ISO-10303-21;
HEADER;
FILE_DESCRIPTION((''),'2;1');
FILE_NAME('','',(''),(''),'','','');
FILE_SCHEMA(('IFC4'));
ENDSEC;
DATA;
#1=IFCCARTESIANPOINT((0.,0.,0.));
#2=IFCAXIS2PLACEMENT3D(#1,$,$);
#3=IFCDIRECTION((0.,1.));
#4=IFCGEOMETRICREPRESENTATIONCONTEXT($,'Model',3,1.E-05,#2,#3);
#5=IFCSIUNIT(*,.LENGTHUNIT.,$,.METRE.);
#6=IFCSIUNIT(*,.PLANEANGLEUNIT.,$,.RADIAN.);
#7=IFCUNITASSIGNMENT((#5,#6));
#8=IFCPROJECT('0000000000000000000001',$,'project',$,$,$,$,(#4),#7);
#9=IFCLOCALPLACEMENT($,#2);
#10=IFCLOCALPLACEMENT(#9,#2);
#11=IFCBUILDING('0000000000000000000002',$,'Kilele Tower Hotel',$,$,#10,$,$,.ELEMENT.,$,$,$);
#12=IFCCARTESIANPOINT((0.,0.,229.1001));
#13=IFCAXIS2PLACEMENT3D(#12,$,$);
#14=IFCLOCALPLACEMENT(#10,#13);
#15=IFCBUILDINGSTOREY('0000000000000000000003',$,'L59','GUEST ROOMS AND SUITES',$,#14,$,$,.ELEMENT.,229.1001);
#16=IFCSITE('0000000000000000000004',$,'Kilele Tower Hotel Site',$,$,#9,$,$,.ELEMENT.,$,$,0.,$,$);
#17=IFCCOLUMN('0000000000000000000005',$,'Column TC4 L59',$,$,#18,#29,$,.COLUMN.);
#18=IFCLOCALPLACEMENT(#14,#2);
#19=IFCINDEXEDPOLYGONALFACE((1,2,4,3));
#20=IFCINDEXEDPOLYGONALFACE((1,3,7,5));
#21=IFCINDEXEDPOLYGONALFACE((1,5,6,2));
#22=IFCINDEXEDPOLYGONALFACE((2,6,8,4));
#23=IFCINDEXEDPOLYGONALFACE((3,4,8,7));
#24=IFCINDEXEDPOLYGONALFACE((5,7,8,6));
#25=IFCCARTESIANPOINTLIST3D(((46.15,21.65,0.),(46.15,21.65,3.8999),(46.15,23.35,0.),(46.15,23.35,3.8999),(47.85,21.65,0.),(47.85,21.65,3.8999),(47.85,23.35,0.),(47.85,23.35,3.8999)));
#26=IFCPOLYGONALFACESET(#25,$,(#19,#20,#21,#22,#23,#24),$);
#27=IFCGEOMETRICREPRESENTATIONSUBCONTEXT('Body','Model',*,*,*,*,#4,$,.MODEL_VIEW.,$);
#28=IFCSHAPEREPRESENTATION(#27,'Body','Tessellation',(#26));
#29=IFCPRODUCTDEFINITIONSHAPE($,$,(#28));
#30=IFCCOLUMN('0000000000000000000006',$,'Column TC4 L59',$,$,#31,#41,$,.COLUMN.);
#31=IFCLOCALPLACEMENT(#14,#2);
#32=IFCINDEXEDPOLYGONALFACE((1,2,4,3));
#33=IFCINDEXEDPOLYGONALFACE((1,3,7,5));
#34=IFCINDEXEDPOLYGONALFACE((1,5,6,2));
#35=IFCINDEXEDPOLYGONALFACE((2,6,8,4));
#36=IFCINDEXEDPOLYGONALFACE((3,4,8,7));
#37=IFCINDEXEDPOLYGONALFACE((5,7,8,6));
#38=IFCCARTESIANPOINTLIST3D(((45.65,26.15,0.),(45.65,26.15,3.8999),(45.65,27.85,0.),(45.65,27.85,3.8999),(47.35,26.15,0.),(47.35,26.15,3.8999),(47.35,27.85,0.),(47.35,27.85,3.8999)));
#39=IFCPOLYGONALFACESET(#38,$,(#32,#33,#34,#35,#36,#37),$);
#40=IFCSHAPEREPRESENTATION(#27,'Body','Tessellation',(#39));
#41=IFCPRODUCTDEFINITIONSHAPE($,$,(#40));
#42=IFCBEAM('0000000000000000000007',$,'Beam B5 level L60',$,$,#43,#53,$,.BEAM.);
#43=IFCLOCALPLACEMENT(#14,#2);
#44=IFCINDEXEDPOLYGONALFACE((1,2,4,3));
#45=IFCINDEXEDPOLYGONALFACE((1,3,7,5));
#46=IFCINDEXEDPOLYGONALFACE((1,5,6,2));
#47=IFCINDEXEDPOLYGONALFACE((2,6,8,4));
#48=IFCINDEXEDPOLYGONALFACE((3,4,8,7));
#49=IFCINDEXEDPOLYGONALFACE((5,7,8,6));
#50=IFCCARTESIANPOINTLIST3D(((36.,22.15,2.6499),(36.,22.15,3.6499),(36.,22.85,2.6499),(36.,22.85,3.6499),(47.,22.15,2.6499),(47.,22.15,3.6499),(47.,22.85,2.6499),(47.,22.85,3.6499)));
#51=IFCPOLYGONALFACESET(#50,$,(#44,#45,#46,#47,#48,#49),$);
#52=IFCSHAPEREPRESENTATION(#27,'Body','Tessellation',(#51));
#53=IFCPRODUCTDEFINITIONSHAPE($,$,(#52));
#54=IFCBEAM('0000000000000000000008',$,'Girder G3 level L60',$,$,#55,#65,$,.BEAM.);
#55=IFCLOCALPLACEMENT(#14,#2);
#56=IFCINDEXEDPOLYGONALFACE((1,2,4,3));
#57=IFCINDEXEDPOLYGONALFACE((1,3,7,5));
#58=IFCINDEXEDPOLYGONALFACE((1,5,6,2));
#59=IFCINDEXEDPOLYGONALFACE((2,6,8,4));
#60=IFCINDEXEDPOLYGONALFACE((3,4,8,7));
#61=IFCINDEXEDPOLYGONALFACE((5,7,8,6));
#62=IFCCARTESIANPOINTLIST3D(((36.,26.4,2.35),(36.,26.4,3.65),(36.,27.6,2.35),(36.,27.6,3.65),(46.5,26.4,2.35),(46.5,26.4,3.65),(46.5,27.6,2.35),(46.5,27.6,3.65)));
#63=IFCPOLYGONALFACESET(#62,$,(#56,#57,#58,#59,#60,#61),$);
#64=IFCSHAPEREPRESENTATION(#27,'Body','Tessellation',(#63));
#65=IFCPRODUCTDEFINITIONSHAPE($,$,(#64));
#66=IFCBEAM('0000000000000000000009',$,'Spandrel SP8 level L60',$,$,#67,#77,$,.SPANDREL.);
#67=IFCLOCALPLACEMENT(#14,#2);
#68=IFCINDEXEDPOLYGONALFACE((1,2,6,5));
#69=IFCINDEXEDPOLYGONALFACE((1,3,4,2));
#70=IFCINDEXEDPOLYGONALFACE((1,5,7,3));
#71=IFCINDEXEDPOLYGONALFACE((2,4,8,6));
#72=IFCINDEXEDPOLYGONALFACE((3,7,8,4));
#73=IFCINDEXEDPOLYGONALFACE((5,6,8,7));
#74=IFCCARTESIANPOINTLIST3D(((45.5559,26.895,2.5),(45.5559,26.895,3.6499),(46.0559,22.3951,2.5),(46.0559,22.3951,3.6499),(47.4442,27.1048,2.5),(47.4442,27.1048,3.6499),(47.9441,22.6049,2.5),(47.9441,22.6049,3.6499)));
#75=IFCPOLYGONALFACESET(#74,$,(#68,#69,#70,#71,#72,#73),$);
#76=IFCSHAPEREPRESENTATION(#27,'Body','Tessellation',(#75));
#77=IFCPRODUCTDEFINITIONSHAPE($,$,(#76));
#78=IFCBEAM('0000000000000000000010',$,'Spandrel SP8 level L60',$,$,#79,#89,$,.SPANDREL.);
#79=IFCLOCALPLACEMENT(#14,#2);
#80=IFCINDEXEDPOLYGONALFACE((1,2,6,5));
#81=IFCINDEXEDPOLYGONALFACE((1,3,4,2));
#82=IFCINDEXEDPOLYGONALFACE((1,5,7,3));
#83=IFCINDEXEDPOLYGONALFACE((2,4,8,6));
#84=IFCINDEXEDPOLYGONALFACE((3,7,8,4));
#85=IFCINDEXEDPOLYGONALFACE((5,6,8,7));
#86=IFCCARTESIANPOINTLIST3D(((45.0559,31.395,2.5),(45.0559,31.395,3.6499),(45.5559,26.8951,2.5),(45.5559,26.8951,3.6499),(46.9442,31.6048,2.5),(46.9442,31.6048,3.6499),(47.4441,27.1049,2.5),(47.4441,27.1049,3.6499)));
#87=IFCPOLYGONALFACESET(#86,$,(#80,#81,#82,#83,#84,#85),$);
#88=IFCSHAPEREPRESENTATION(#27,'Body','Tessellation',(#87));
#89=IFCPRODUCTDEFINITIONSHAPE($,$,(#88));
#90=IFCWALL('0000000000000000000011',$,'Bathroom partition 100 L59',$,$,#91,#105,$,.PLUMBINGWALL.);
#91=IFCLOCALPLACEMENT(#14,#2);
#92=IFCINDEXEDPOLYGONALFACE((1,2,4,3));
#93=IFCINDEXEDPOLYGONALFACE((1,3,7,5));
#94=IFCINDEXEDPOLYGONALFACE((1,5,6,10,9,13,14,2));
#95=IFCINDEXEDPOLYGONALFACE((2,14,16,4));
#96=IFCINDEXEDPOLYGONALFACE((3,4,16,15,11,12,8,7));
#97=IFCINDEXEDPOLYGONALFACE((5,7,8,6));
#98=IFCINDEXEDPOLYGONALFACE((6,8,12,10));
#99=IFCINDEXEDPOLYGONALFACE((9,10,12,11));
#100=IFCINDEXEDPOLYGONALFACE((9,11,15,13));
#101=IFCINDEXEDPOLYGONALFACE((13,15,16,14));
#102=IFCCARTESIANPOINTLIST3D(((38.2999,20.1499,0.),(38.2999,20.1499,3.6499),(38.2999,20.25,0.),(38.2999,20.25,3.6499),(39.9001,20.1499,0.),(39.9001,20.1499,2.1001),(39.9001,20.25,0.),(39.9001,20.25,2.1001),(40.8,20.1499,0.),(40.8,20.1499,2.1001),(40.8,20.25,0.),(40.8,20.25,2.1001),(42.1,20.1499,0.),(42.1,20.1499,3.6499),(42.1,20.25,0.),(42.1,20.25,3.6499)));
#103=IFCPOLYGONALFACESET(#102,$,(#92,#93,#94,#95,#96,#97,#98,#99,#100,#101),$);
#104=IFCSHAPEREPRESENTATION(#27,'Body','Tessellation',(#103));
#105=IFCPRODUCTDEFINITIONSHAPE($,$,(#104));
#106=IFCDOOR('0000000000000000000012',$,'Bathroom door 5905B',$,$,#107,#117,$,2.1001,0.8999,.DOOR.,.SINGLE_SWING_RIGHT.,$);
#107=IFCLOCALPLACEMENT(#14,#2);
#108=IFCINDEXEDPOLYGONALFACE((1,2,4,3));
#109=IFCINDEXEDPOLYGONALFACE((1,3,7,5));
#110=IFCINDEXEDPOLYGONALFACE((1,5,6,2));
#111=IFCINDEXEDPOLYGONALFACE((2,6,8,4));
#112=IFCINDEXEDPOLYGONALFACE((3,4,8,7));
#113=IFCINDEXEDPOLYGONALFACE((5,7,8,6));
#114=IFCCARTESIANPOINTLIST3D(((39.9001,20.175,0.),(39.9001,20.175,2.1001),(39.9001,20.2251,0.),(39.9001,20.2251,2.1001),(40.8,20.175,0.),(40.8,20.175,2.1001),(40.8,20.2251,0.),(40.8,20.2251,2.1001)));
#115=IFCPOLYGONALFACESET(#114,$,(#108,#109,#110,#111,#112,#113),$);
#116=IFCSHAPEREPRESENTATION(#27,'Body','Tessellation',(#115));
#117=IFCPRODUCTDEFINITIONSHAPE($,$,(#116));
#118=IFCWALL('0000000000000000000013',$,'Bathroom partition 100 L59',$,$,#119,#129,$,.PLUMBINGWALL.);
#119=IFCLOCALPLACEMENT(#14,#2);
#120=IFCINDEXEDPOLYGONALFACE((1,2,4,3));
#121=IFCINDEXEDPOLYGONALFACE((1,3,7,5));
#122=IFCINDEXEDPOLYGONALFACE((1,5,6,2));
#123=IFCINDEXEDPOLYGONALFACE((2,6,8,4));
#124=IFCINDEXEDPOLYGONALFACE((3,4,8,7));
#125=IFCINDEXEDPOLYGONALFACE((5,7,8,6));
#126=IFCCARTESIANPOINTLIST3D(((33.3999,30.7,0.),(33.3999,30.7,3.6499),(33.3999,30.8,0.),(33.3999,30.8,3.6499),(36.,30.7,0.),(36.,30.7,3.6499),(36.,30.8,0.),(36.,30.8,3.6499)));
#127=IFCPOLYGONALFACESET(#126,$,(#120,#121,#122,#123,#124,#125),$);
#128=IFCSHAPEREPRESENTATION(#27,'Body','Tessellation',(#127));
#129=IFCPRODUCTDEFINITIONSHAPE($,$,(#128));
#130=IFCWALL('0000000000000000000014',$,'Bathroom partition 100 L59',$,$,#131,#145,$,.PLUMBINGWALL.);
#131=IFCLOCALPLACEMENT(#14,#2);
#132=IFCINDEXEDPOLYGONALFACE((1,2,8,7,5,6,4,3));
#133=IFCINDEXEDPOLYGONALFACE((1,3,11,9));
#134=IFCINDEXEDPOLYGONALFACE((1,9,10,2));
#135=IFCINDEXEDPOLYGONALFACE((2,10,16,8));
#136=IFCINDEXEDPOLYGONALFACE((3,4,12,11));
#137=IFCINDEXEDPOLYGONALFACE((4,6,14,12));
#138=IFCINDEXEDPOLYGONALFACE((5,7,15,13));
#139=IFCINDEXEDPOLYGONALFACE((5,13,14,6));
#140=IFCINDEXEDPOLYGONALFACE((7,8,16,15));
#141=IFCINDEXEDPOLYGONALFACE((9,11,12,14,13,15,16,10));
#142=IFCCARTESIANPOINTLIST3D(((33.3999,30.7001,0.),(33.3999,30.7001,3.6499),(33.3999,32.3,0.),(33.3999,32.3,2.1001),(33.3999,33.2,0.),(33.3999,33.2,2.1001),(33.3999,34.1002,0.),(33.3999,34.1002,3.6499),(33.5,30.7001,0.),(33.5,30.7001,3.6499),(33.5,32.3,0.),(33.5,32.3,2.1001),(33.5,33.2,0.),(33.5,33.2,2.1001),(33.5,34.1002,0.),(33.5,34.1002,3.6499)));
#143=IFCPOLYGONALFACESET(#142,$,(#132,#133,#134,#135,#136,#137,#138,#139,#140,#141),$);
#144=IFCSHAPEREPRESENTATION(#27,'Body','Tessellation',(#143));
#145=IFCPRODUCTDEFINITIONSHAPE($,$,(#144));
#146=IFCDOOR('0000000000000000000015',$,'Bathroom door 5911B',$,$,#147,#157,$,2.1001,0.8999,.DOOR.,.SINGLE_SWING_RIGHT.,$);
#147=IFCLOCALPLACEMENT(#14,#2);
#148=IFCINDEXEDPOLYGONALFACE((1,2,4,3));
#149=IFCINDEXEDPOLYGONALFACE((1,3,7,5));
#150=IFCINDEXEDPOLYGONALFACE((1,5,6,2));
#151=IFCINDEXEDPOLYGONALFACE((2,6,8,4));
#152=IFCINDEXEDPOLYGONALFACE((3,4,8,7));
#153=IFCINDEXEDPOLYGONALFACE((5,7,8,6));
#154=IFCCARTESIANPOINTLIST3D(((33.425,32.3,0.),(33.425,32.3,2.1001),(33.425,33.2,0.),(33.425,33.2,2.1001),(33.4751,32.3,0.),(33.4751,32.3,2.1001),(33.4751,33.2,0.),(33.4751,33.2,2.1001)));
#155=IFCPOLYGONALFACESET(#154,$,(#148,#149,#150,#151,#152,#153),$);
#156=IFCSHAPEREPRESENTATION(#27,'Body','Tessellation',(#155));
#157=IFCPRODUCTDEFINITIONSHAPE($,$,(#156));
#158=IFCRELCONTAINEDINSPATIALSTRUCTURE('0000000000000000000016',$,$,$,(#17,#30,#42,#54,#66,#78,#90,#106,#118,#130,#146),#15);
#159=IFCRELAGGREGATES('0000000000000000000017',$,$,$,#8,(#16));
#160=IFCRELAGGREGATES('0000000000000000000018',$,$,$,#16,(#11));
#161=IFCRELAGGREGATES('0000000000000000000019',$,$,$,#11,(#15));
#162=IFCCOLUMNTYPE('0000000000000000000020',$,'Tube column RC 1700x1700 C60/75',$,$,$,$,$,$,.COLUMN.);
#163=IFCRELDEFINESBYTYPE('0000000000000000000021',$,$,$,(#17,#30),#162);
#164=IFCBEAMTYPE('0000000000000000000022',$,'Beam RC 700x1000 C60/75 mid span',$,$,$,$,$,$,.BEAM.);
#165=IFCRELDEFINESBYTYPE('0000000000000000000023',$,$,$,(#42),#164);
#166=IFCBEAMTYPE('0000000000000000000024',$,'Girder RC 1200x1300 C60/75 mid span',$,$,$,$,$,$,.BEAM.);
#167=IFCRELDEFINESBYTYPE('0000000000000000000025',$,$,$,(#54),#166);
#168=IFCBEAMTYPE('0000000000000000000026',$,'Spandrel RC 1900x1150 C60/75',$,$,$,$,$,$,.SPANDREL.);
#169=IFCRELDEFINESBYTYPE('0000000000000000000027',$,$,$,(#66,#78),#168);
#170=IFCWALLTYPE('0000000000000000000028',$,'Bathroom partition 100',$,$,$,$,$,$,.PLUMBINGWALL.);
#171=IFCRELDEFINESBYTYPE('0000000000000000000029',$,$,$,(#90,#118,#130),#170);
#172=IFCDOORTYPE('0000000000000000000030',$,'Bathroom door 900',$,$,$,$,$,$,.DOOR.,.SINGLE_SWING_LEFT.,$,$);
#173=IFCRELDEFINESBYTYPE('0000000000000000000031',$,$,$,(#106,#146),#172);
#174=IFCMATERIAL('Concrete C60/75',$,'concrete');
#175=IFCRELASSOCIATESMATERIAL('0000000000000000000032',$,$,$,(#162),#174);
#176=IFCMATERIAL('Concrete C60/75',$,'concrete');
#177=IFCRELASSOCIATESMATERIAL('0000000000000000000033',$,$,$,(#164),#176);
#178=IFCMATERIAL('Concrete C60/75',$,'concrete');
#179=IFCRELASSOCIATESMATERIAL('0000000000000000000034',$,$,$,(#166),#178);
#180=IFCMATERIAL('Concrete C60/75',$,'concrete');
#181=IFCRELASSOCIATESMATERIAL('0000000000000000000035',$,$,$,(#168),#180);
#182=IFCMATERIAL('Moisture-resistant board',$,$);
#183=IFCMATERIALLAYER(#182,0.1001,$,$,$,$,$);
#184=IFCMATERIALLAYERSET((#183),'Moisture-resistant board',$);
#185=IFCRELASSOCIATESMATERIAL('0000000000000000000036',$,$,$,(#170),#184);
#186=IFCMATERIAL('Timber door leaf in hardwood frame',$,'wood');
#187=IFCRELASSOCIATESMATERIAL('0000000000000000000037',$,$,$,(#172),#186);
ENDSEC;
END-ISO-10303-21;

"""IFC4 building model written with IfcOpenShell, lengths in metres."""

from ifc_helpers import new_model, si_unit, direction, frame, frame_2d, origin, origin_2d, place, context, subcontext, project, spatial, rectangle, extrude, material, layer, layer_set, material_profile, profile_set, type_object, element, fill, save


model = new_model("IFC4")

# Units and contexts
model_context = context("Model", 3, precision=1e-05, world=origin(), true_north=direction((0.0, 1.0)))
body_context = subcontext(model_context, "Body", "Model", "MODEL_VIEW")
ifc_project = project(units=[si_unit("LENGTHUNIT", "METRE"), si_unit("PLANEANGLEUNIT", "RADIAN")], contexts=[model_context])

# Site, building, storey
site_placement = place(None, origin())
site = spatial("IfcSite", under=ifc_project, at=site_placement, Name="Kilele Tower Hotel Site", CompositionType="ELEMENT", RefElevation=0.0)
building_placement = place(site_placement, origin())
building = spatial("IfcBuilding", under=site, at=building_placement, Name="Kilele Tower Hotel", CompositionType="ELEMENT")
storey_placement = place(building_placement, frame((0.0, 0.0, 229.1001)))
storey = spatial("IfcBuildingStorey", under=building, at=storey_placement, Name="L59", Description="GUEST ROOMS AND SUITES", CompositionType="ELEMENT", Elevation=229.1001)

# Columns
ifc_material_1 = material(Name="Concrete C60/75", Category="concrete")
ifc_material_profile_1 = material_profile(ifc_material_1, rectangle(XDim=1.7, YDim=1.7, at=origin_2d()))
ifc_profile_set_1 = profile_set([ifc_material_profile_1], Name="Concrete C60/75")
column_type = type_object("IfcColumnType", Name="Tube column RC 1700x1700 C60/75", PredefinedType="COLUMN", material=ifc_profile_set_1)
for number, where, z_axis, x_axis, name in (
    (1, (47.0, 22.5, 0.0), (0.0, 0.0, 1.0), (1.0, 0.0, 0.0), "Column TC4 L59"),
    (2, (46.5, 27.0, 0.0), (0.0, 0.0, 1.0), (1.0, 0.0, 0.0), "Column TC4 L59"),
):
    element("IfcColumn", number, at=place(storey_placement, frame(where, z_axis=z_axis, x_axis=x_axis)), inside=storey, type_object=column_type, Name=name, PredefinedType="COLUMN", context=body_context, shape_type="SweptSolid", body=[
        extrude(rectangle(XDim=1.7, YDim=1.7, at=origin_2d()), origin(), (0.0, 0.0, 1.0), 3.8999),
    ])

# Beams
ifc_material_2 = material(Name="Concrete C60/75", Category="concrete")
ifc_material_profile_2 = material_profile(ifc_material_2, rectangle(XDim=0.7, YDim=1.0, at=origin_2d()))
ifc_profile_set_2 = profile_set([ifc_material_profile_2], Name="Concrete C60/75")
beam_type_1 = type_object("IfcBeamType", Name="Beam RC 700x1000 C60/75 mid span", PredefinedType="BEAM", material=ifc_profile_set_2)
beam_1_placement = place(storey_placement, frame((47.0, 22.5, 3.1499), z_axis=(-1.0, 0.0, 0.0), x_axis=(0.0, -1.0, 0.0)))
element("IfcBeam", 3, at=beam_1_placement, inside=storey, type_object=beam_type_1, Name="Beam B5 level L60", PredefinedType="BEAM", context=body_context, shape_type="SweptSolid", body=[
    extrude(rectangle(XDim=0.7, YDim=1.0, at=origin_2d()), origin(), (0.0, 0.0, 1.0), 11.0),
])
ifc_material_3 = material(Name="Concrete C60/75", Category="concrete")
ifc_material_profile_3 = material_profile(ifc_material_3, rectangle(XDim=1.2, YDim=1.3, at=origin_2d()))
ifc_profile_set_3 = profile_set([ifc_material_profile_3], Name="Concrete C60/75")
beam_type_2 = type_object("IfcBeamType", Name="Girder RC 1200x1300 C60/75 mid span", PredefinedType="BEAM", material=ifc_profile_set_3)
beam_2_placement = place(storey_placement, frame((46.5, 27.0, 3.0), z_axis=(-1.0, 0.0, 0.0), x_axis=(0.0, -1.0, 0.0)))
element("IfcBeam", 4, at=beam_2_placement, inside=storey, type_object=beam_type_2, Name="Girder G3 level L60", PredefinedType="BEAM", context=body_context, shape_type="SweptSolid", body=[
    extrude(rectangle(XDim=1.2, YDim=1.3, at=origin_2d()), origin(), (0.0, 0.0, 1.0), 10.5),
])
ifc_material_4 = material(Name="Concrete C60/75", Category="concrete")
ifc_material_profile_4 = material_profile(ifc_material_4, rectangle(XDim=1.8999, YDim=1.1499, at=origin_2d()))
ifc_profile_set_4 = profile_set([ifc_material_profile_4], Name="Concrete C60/75")
beam_type_3 = type_object("IfcBeamType", Name="Spandrel RC 1900x1150 C60/75", PredefinedType="SPANDREL", material=ifc_profile_set_4)
for number, where, z_axis, x_axis, name in (
    (5, (47.0, 22.5, 3.075), (-0.110432, 0.993884, 0.0), (-0.993884, -0.110432, 0.0), "Spandrel SP8 level L60"),
    (6, (46.5, 27.0, 3.075), (-0.110432, 0.993884, 0.0), (-0.993884, -0.110432, 0.0), "Spandrel SP8 level L60"),
):
    element("IfcBeam", number, at=place(storey_placement, frame(where, z_axis=z_axis, x_axis=x_axis)), inside=storey, type_object=beam_type_3, Name=name, PredefinedType="SPANDREL", context=body_context, shape_type="SweptSolid", body=[
        extrude(rectangle(XDim=1.8999, YDim=1.1499, at=origin_2d()), origin(), (0.0, 0.0, 1.0), 4.5276),
    ])

# Wall, opening, door
ifc_material_5 = material(Name="Moisture-resistant board")
ifc_layer_1 = layer(ifc_material_5, 0.1001)
ifc_layer_set_1 = layer_set([ifc_layer_1], Name="Moisture-resistant board")
wall_type_1 = type_object("IfcWallType", Name="Bathroom partition 100", PredefinedType="PLUMBINGWALL", material=ifc_layer_set_1)
wall_1_placement = place(storey_placement, frame((38.3, 20.2, 0.0), z_axis=(0.0, 0.0, 1.0), x_axis=(1.0, 0.0, 0.0)))
wall_1 = element("IfcWall", 7, at=wall_1_placement, inside=storey, type_object=wall_type_1, Name="Bathroom partition 100 L59", PredefinedType="PLUMBINGWALL", context=body_context, shape_type="SweptSolid", body=[
    extrude(rectangle(XDim=3.8, YDim=0.1001, at=frame_2d((1.8999, 0.0))), origin(), (0.0, 0.0, 1.0), 3.6499),
])
opening_1_placement = place(wall_1_placement, frame((2.5, 0.0, 0.0), z_axis=(0.0, 0.0, 1.0), x_axis=(-1.0, 0.0, 0.0)))
opening_1 = element("IfcOpeningElement", 8, at=opening_1_placement, cuts=wall_1, PredefinedType="OPENING", context=body_context, shape_type="SweptSolid", body=[
    extrude(rectangle(XDim=0.8999, YDim=2.1001, at=frame_2d((0.45, 1.05))), frame((0.0, 0.0601, 0.0), z_axis=(0.0, -1.0, 0.0), x_axis=(1.0, 0.0, 0.0)), (0.0, 0.0, 1.0), 0.1201),
])
ifc_material_6 = material(Name="Timber door leaf in hardwood frame", Category="wood")
door_type_1 = type_object("IfcDoorType", Name="Bathroom door 900", OperationType="SINGLE_SWING_LEFT", PredefinedType="DOOR", material=ifc_material_6)
door_1_placement = place(opening_1_placement, origin())
door_1 = element("IfcDoor", 9, at=door_1_placement, inside=storey, type_object=door_type_1, Name="Bathroom door 5905B", OperationType="SINGLE_SWING_RIGHT", OverallHeight=2.1001, OverallWidth=0.8999, PredefinedType="DOOR", context=body_context, shape_type="SweptSolid", body=[
    extrude(rectangle(XDim=0.8999, YDim=2.1001, at=frame_2d((0.45, 1.05))), frame((0.0, 0.0249, 0.0), z_axis=(0.0, -1.0, 0.0), x_axis=(1.0, 0.0, 0.0)), (0.0, 0.0, 1.0), 0.05),
])
fill(opening_1, door_1)

# Wall
wall_2_placement = place(storey_placement, frame((33.3999, 30.75, 0.0), z_axis=(0.0, 0.0, 1.0), x_axis=(1.0, 0.0, 0.0)))
element("IfcWall", 10, at=wall_2_placement, inside=storey, type_object=wall_type_1, Name="Bathroom partition 100 L59", PredefinedType="PLUMBINGWALL", context=body_context, shape_type="SweptSolid", body=[
    extrude(rectangle(XDim=2.6001, YDim=0.1001, at=frame_2d((1.3, 0.0))), origin(), (0.0, 0.0, 1.0), 3.6499),
])

# Wall, opening, door
wall_3_placement = place(storey_placement, frame((33.45, 30.7, 0.0), z_axis=(0.0, 0.0, 1.0), x_axis=(0.0, 1.0, 0.0)))
wall_3 = element("IfcWall", 11, at=wall_3_placement, inside=storey, type_object=wall_type_1, Name="Bathroom partition 100 L59", PredefinedType="PLUMBINGWALL", context=body_context, shape_type="SweptSolid", body=[
    extrude(rectangle(XDim=3.4001, YDim=0.1001, at=frame_2d((1.7002, 0.0))), origin(), (0.0, 0.0, 1.0), 3.6499),
])
opening_2_placement = place(wall_3_placement, frame((1.6001, 0.0, 0.0)))
opening_2 = element("IfcOpeningElement", 12, at=opening_2_placement, cuts=wall_3, PredefinedType="OPENING", context=body_context, shape_type="SweptSolid", body=[
    extrude(rectangle(XDim=0.8999, YDim=2.1001, at=frame_2d((0.45, 1.05))), frame((0.0, 0.0601, 0.0), z_axis=(0.0, -1.0, 0.0), x_axis=(1.0, 0.0, 0.0)), (0.0, 0.0, 1.0), 0.1201),
])
door_2_placement = place(opening_2_placement, origin())
door_2 = element("IfcDoor", 13, at=door_2_placement, inside=storey, type_object=door_type_1, Name="Bathroom door 5911B", OperationType="SINGLE_SWING_RIGHT", OverallHeight=2.1001, OverallWidth=0.8999, PredefinedType="DOOR", context=body_context, shape_type="SweptSolid", body=[
    extrude(rectangle(XDim=0.8999, YDim=2.1001, at=frame_2d((0.45, 1.05))), frame((0.0, 0.0249, 0.0), z_axis=(0.0, -1.0, 0.0), x_axis=(1.0, 0.0, 0.0)), (0.0, 0.0, 1.0), 0.05),
])
fill(opening_2, door_2)

save(model, "model.ifc")
